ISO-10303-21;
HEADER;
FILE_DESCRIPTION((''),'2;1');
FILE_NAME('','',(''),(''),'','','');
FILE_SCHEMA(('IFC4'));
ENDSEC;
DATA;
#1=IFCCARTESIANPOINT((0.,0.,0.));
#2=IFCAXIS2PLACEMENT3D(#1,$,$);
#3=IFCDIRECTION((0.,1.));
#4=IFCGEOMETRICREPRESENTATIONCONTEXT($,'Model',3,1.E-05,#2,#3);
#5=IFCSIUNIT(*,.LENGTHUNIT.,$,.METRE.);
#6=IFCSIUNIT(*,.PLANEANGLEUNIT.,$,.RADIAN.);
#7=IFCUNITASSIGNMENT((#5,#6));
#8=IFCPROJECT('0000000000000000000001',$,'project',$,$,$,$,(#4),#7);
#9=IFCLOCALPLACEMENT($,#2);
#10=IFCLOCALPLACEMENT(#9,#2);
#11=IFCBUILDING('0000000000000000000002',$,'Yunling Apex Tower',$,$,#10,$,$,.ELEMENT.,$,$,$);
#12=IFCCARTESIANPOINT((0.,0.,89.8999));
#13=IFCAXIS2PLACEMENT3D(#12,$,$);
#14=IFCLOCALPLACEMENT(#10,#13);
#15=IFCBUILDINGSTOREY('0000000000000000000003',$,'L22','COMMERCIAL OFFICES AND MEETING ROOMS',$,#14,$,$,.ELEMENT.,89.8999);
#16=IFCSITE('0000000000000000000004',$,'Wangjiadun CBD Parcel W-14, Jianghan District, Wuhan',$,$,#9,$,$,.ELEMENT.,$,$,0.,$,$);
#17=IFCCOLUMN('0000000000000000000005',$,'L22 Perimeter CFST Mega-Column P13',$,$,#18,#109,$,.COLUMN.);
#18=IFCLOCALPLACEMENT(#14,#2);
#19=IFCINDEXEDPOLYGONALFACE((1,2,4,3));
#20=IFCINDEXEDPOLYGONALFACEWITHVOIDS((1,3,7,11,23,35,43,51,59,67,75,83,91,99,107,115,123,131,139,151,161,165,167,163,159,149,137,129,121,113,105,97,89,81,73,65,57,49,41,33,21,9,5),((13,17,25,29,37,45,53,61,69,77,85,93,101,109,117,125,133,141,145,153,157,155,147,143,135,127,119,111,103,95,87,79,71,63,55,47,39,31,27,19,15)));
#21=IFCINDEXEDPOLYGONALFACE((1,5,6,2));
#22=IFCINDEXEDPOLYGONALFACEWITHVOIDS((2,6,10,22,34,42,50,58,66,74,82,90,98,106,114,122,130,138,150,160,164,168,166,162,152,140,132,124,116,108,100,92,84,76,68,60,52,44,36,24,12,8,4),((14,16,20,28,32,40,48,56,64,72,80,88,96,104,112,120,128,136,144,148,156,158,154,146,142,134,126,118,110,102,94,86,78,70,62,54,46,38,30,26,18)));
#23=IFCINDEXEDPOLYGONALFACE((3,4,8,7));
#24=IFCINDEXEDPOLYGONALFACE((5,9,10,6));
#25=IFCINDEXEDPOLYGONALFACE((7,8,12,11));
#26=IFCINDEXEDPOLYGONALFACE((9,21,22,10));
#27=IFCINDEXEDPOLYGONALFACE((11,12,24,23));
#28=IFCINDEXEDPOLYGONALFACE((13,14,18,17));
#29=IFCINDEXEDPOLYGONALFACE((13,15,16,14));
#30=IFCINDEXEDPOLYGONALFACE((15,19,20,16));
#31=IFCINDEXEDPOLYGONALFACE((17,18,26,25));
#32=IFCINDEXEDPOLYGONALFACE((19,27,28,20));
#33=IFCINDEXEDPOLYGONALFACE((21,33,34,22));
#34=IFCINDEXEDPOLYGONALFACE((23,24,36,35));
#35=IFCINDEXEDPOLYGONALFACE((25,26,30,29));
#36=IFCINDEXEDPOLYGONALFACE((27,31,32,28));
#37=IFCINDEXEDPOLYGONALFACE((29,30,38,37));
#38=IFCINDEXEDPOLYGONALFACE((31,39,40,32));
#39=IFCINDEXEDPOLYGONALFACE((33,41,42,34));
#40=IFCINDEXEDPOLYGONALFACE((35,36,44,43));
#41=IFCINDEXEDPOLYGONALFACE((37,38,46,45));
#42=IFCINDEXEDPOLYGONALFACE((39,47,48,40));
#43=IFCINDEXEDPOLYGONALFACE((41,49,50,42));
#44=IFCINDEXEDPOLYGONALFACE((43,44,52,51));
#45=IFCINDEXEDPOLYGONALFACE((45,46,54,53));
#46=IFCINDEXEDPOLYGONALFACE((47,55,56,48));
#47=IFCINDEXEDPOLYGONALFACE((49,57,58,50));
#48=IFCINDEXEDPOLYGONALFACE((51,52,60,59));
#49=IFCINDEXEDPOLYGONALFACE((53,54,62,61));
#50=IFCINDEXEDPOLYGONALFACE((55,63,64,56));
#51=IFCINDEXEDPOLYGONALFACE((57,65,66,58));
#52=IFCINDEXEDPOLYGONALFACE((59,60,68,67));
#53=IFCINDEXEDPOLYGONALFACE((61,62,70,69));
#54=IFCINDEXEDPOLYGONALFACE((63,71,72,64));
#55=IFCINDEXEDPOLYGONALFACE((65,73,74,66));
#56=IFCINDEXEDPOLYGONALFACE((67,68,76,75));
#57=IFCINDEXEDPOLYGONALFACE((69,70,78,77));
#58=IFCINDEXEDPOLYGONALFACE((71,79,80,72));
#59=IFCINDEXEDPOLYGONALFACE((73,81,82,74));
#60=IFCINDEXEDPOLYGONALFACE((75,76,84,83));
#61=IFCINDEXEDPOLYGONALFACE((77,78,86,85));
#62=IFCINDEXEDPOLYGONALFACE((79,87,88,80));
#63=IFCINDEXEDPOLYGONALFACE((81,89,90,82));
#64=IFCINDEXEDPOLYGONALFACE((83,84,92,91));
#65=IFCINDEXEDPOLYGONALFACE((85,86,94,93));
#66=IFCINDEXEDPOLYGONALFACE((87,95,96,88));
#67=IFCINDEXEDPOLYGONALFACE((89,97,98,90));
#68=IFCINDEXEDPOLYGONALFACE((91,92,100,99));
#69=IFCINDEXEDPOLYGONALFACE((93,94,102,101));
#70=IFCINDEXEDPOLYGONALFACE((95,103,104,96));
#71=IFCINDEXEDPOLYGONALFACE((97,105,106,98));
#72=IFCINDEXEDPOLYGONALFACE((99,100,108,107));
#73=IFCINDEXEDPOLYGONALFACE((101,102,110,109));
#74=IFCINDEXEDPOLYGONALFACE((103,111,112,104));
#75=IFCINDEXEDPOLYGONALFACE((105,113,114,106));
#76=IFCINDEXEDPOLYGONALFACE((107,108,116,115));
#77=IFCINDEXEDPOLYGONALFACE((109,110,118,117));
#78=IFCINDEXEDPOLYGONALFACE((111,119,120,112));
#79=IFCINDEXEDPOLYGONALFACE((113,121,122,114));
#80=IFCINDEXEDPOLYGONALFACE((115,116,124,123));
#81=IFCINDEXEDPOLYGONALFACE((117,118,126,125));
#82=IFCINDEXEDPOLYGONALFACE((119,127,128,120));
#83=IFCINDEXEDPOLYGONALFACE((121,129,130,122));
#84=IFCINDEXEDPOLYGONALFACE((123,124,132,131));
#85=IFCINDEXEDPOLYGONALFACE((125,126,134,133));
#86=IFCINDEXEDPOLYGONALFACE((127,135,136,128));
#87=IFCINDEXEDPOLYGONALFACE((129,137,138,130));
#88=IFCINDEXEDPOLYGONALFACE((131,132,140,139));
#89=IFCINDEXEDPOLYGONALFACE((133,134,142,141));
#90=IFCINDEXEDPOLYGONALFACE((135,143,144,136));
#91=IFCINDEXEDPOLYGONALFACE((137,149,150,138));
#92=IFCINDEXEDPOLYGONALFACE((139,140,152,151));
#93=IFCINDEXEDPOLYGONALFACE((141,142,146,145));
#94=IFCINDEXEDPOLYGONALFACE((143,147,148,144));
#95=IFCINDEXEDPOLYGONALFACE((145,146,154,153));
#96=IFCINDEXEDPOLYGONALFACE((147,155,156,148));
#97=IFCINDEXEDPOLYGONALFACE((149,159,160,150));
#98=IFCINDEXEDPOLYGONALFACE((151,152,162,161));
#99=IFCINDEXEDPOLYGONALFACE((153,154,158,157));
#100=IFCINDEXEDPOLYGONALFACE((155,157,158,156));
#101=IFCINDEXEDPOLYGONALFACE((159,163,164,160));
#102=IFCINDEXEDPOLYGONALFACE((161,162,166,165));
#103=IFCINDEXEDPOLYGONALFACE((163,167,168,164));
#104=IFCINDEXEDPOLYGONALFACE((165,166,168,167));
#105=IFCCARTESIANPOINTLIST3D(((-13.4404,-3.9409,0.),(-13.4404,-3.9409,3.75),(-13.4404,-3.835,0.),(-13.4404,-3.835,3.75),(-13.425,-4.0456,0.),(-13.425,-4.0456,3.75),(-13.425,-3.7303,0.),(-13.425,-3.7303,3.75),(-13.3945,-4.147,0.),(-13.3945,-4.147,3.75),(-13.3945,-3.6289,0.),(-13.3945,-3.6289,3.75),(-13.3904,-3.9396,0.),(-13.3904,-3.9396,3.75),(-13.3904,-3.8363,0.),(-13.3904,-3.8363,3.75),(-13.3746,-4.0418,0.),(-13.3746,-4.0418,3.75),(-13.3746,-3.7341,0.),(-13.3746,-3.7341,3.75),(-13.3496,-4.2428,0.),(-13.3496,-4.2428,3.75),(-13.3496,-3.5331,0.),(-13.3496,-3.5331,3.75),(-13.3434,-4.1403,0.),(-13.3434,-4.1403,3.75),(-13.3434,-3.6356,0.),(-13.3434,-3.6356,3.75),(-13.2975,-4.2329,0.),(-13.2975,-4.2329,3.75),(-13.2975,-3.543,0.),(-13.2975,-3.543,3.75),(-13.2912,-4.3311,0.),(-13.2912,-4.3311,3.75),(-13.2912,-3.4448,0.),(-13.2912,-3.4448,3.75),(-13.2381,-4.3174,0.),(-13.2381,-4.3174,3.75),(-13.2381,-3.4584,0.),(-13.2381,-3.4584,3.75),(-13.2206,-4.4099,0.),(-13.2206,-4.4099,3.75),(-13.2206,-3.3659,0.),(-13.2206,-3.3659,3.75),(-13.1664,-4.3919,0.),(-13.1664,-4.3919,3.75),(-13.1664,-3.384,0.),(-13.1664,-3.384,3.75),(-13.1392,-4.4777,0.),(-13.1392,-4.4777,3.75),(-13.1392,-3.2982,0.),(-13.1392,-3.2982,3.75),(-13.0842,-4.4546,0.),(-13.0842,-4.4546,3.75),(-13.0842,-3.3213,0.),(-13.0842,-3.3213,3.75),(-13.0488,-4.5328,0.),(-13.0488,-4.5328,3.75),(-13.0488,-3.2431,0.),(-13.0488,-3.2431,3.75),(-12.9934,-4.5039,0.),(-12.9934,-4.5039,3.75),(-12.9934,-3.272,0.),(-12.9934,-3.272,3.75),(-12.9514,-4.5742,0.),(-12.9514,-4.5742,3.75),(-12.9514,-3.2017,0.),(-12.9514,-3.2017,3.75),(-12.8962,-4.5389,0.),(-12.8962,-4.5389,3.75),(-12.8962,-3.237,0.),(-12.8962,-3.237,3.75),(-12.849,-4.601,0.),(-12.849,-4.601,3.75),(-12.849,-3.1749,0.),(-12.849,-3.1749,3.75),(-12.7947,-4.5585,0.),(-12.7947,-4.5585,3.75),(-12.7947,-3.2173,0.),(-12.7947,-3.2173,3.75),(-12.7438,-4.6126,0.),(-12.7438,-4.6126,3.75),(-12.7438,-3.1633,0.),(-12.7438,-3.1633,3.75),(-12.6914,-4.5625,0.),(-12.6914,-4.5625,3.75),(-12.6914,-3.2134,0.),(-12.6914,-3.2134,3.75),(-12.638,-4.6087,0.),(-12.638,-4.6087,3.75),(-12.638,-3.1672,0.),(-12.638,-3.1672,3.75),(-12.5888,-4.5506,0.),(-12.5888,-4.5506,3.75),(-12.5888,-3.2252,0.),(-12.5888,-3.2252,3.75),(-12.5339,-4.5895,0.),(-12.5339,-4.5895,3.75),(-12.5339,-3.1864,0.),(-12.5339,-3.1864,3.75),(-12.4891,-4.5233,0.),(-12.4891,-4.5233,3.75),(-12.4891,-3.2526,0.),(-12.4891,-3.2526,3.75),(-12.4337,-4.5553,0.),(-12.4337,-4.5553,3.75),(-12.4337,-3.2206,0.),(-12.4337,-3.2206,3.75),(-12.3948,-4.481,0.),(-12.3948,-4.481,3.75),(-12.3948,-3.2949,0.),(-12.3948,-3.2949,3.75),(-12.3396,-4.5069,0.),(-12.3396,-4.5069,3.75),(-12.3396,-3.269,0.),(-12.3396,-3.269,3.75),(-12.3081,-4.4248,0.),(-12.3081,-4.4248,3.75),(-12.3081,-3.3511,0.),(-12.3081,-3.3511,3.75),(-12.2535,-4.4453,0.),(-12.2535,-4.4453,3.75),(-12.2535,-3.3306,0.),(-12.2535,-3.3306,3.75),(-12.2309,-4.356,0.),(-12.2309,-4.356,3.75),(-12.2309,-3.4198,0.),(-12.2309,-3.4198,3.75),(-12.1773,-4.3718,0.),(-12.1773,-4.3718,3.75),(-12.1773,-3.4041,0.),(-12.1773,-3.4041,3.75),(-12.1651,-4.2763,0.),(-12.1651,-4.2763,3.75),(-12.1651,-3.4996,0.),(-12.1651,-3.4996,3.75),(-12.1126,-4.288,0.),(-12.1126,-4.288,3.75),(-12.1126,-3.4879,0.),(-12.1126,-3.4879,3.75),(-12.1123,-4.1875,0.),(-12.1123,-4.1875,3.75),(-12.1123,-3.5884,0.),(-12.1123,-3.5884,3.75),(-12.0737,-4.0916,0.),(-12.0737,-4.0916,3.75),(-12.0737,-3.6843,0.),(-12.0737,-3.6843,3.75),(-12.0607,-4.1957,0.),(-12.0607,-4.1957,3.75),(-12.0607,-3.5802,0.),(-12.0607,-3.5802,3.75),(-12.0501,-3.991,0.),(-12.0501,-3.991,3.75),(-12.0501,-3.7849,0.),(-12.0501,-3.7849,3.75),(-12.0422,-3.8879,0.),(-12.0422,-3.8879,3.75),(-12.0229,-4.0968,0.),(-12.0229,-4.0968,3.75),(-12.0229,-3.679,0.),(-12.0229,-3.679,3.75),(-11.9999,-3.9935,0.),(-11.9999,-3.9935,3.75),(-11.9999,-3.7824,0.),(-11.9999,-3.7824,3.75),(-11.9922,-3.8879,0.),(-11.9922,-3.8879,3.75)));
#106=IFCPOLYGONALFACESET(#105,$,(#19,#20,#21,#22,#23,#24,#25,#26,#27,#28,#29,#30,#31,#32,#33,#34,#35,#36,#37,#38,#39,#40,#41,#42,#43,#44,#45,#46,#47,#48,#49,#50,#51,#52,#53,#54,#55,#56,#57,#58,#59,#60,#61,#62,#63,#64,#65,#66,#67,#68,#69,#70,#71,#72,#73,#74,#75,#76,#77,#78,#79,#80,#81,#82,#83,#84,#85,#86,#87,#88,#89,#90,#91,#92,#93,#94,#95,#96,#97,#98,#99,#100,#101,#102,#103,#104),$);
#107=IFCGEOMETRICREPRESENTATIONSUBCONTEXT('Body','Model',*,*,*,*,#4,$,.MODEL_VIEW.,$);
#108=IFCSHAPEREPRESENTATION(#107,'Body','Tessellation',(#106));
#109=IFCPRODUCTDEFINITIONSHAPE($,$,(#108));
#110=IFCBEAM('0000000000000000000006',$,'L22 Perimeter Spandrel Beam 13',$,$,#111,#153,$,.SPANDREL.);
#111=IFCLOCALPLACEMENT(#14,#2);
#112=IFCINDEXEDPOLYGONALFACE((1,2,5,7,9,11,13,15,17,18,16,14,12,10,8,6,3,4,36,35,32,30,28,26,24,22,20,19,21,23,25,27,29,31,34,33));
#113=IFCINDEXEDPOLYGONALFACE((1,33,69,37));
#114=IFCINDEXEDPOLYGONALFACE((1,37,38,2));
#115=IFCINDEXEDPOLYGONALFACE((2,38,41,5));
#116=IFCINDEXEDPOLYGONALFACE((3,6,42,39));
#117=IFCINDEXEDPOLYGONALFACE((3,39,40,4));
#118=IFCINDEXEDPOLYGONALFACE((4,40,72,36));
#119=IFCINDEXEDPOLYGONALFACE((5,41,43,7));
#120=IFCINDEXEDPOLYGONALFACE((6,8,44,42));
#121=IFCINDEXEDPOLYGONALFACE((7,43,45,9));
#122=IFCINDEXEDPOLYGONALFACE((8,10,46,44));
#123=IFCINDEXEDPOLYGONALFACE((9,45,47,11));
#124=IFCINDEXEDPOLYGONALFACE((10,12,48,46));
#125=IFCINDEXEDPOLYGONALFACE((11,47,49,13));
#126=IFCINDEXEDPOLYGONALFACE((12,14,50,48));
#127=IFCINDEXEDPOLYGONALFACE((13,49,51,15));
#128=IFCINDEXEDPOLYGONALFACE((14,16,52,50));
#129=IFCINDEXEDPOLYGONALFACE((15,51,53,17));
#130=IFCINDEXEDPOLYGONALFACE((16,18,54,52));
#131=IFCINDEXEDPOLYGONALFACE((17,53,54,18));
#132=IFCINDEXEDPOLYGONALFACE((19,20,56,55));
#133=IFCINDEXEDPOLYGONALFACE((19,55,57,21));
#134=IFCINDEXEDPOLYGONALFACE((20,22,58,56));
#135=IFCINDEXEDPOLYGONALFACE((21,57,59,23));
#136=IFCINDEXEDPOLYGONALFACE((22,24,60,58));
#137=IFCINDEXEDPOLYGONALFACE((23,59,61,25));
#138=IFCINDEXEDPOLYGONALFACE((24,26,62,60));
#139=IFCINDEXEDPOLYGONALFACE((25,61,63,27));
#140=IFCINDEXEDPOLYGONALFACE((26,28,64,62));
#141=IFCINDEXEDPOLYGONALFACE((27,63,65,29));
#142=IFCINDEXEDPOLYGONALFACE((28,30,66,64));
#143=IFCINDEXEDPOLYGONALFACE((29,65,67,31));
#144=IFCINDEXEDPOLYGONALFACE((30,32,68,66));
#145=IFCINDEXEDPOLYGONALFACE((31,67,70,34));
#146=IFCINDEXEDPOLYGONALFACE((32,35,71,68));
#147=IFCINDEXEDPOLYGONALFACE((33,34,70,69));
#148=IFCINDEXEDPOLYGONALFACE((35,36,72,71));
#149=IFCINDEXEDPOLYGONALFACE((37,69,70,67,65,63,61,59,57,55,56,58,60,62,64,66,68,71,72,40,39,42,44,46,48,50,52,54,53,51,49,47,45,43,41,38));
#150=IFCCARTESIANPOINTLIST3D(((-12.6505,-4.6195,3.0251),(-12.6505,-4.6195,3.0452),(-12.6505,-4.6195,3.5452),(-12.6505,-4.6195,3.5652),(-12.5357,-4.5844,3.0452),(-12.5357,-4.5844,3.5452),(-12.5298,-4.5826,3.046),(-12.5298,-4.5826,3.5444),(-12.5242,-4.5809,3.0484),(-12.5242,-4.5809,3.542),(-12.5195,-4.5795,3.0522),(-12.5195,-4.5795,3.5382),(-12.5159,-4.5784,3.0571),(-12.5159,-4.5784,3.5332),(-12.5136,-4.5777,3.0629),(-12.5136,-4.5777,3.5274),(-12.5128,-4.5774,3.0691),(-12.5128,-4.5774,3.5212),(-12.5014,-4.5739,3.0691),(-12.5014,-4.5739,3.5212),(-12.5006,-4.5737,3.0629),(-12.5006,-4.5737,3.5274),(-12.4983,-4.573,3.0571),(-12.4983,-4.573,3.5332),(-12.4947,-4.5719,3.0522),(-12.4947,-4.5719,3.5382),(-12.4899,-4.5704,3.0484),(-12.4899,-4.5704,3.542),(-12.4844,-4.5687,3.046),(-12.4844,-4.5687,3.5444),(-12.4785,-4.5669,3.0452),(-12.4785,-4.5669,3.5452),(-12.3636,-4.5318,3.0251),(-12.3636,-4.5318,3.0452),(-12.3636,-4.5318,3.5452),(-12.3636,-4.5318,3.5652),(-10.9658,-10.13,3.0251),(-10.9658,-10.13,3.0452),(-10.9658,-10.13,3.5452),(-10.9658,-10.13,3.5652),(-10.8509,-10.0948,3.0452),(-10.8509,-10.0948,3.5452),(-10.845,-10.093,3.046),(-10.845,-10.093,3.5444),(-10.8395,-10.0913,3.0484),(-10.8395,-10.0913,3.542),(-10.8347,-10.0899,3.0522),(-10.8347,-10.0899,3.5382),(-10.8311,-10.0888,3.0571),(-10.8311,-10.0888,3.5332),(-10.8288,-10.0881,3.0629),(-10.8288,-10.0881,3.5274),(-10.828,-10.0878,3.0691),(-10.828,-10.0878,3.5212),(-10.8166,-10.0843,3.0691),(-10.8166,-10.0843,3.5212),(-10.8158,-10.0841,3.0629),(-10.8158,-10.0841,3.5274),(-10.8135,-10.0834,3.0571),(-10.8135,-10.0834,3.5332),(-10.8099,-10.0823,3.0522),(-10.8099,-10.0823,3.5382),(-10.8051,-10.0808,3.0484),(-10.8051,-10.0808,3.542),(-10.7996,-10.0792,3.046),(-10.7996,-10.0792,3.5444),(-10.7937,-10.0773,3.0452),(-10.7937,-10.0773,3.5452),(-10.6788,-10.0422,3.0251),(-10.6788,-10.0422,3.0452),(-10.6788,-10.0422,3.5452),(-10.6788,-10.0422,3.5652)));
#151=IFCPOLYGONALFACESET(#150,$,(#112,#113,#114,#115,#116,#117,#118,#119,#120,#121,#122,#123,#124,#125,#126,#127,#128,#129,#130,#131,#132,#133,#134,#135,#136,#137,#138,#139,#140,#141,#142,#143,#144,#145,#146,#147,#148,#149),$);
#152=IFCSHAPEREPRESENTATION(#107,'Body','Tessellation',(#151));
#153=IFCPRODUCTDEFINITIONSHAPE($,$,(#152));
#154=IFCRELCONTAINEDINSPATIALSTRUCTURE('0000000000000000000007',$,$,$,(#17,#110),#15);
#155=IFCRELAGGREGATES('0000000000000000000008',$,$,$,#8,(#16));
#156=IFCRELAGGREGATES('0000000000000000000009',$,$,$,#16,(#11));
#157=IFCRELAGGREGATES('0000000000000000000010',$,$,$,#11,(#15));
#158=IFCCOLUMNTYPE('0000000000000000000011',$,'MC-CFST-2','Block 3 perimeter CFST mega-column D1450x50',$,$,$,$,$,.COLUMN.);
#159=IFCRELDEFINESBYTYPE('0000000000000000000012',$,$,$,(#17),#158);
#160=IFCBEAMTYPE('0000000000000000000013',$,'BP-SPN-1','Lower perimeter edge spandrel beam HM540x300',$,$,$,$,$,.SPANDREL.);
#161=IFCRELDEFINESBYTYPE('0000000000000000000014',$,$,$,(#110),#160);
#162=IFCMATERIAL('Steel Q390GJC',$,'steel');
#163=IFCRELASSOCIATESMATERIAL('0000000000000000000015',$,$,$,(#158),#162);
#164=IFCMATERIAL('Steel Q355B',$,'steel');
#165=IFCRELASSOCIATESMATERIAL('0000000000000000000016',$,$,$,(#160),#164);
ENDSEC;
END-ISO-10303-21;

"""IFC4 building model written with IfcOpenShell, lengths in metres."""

from ifc_helpers import new_model, si_unit, direction, frame, origin, origin_2d, place, context, subcontext, project, spatial, hollow_circle, i_section, extrude, source, transform, mapped, material, material_profile, profile_set, type_object, element, save


model = new_model("IFC4")

# Units and contexts
model_context = context("Model", 3, precision=1e-05, world=origin(), true_north=direction((0.0, 1.0)))
body_context = subcontext(model_context, "Body", "Model", "MODEL_VIEW")
ifc_project = project(units=[si_unit("LENGTHUNIT", "METRE"), si_unit("PLANEANGLEUNIT", "RADIAN")], contexts=[model_context])

# Site, building, storey
site_placement = place(None, origin())
site = spatial("IfcSite", under=ifc_project, at=site_placement, Name="Wangjiadun CBD Parcel W-14, Jianghan District, Wuhan", CompositionType="ELEMENT", RefElevation=0.0)
building_placement = place(site_placement, origin())
building = spatial("IfcBuilding", under=site, at=building_placement, Name="Yunling Apex Tower", CompositionType="ELEMENT")
storey_placement = place(building_placement, frame((0.0, 0.0, 89.8999)))
storey = spatial("IfcBuildingStorey", under=building, at=storey_placement, Name="L22", Description="COMMERCIAL OFFICES AND MEETING ROOMS", CompositionType="ELEMENT", Elevation=89.8999)

# Column
ifc_material_1 = material(Name="Steel Q390GJC", Category="steel")
ifc_material_profile_1 = material_profile(ifc_material_1, hollow_circle(Radius=0.7251, WallThickness=0.05, at=origin_2d()))
ifc_profile_set_1 = profile_set([ifc_material_profile_1], Name="Steel Q390GJC")
column_type = type_object("IfcColumnType", Name="MC-CFST-2", Description="Block 3 perimeter CFST mega-column D1450x50", PredefinedType="COLUMN", material=ifc_profile_set_1)
shared_shape_1 = source(origin(), body_context, "Body", "SweptSolid", [
    extrude(hollow_circle(Radius=0.7251, WallThickness=0.05, at=origin_2d()), origin(), (0.0, 0.0, 1.0), 3.75),
])
column_placement = place(storey_placement, frame((-12.7173, -3.8879, 0.0), z_axis=(0.0, 0.0, 1.0), x_axis=(1.0, 0.0, 0.0)))
element("IfcColumn", 1, at=column_placement, inside=storey, type_object=column_type, Name="L22 Perimeter CFST Mega-Column P13", PredefinedType="COLUMN", context=body_context, shape_type="MappedRepresentation", body=[
    mapped(shared_shape_1, transform((0.0, 0.0, 0.0), scale=1.0)),
])

# Beam
ifc_material_2 = material(Name="Steel Q355B", Category="steel")
ifc_material_profile_2 = material_profile(ifc_material_2, i_section(OverallWidth=0.3, OverallDepth=0.54, WebThickness=0.012, FlangeThickness=0.02, FilletRadius=0.0239, at=origin_2d()))
ifc_profile_set_2 = profile_set([ifc_material_profile_2], Name="Steel Q355B")
beam_type_1 = type_object("IfcBeamType", Name="BP-SPN-1", Description="Lower perimeter edge spandrel beam HM540x300", PredefinedType="SPANDREL", material=ifc_profile_set_2)
shared_shape_2 = source(origin(), body_context, "Body", "SweptSolid", [
    extrude(i_section(OverallWidth=0.3, OverallDepth=0.54, WebThickness=0.012, FlangeThickness=0.02, FilletRadius=0.0239, at=origin_2d()), origin(), (0.0, 0.0, 1.0), 5.7622),
])
beam_1_placement = place(storey_placement, frame((-12.5071, -4.5757, 3.2952), z_axis=(0.292385, -0.956301, 0.0), x_axis=(0.956301, 0.292385, 0.0)))
element("IfcBeam", 2, at=beam_1_placement, inside=storey, type_object=beam_type_1, Name="L22 Perimeter Spandrel Beam 13", PredefinedType="SPANDREL", context=body_context, shape_type="MappedRepresentation", body=[
    mapped(shared_shape_2, transform((0.0, 0.0, 0.0), scale=1.0)),
])

save(model, "model.ifc")
